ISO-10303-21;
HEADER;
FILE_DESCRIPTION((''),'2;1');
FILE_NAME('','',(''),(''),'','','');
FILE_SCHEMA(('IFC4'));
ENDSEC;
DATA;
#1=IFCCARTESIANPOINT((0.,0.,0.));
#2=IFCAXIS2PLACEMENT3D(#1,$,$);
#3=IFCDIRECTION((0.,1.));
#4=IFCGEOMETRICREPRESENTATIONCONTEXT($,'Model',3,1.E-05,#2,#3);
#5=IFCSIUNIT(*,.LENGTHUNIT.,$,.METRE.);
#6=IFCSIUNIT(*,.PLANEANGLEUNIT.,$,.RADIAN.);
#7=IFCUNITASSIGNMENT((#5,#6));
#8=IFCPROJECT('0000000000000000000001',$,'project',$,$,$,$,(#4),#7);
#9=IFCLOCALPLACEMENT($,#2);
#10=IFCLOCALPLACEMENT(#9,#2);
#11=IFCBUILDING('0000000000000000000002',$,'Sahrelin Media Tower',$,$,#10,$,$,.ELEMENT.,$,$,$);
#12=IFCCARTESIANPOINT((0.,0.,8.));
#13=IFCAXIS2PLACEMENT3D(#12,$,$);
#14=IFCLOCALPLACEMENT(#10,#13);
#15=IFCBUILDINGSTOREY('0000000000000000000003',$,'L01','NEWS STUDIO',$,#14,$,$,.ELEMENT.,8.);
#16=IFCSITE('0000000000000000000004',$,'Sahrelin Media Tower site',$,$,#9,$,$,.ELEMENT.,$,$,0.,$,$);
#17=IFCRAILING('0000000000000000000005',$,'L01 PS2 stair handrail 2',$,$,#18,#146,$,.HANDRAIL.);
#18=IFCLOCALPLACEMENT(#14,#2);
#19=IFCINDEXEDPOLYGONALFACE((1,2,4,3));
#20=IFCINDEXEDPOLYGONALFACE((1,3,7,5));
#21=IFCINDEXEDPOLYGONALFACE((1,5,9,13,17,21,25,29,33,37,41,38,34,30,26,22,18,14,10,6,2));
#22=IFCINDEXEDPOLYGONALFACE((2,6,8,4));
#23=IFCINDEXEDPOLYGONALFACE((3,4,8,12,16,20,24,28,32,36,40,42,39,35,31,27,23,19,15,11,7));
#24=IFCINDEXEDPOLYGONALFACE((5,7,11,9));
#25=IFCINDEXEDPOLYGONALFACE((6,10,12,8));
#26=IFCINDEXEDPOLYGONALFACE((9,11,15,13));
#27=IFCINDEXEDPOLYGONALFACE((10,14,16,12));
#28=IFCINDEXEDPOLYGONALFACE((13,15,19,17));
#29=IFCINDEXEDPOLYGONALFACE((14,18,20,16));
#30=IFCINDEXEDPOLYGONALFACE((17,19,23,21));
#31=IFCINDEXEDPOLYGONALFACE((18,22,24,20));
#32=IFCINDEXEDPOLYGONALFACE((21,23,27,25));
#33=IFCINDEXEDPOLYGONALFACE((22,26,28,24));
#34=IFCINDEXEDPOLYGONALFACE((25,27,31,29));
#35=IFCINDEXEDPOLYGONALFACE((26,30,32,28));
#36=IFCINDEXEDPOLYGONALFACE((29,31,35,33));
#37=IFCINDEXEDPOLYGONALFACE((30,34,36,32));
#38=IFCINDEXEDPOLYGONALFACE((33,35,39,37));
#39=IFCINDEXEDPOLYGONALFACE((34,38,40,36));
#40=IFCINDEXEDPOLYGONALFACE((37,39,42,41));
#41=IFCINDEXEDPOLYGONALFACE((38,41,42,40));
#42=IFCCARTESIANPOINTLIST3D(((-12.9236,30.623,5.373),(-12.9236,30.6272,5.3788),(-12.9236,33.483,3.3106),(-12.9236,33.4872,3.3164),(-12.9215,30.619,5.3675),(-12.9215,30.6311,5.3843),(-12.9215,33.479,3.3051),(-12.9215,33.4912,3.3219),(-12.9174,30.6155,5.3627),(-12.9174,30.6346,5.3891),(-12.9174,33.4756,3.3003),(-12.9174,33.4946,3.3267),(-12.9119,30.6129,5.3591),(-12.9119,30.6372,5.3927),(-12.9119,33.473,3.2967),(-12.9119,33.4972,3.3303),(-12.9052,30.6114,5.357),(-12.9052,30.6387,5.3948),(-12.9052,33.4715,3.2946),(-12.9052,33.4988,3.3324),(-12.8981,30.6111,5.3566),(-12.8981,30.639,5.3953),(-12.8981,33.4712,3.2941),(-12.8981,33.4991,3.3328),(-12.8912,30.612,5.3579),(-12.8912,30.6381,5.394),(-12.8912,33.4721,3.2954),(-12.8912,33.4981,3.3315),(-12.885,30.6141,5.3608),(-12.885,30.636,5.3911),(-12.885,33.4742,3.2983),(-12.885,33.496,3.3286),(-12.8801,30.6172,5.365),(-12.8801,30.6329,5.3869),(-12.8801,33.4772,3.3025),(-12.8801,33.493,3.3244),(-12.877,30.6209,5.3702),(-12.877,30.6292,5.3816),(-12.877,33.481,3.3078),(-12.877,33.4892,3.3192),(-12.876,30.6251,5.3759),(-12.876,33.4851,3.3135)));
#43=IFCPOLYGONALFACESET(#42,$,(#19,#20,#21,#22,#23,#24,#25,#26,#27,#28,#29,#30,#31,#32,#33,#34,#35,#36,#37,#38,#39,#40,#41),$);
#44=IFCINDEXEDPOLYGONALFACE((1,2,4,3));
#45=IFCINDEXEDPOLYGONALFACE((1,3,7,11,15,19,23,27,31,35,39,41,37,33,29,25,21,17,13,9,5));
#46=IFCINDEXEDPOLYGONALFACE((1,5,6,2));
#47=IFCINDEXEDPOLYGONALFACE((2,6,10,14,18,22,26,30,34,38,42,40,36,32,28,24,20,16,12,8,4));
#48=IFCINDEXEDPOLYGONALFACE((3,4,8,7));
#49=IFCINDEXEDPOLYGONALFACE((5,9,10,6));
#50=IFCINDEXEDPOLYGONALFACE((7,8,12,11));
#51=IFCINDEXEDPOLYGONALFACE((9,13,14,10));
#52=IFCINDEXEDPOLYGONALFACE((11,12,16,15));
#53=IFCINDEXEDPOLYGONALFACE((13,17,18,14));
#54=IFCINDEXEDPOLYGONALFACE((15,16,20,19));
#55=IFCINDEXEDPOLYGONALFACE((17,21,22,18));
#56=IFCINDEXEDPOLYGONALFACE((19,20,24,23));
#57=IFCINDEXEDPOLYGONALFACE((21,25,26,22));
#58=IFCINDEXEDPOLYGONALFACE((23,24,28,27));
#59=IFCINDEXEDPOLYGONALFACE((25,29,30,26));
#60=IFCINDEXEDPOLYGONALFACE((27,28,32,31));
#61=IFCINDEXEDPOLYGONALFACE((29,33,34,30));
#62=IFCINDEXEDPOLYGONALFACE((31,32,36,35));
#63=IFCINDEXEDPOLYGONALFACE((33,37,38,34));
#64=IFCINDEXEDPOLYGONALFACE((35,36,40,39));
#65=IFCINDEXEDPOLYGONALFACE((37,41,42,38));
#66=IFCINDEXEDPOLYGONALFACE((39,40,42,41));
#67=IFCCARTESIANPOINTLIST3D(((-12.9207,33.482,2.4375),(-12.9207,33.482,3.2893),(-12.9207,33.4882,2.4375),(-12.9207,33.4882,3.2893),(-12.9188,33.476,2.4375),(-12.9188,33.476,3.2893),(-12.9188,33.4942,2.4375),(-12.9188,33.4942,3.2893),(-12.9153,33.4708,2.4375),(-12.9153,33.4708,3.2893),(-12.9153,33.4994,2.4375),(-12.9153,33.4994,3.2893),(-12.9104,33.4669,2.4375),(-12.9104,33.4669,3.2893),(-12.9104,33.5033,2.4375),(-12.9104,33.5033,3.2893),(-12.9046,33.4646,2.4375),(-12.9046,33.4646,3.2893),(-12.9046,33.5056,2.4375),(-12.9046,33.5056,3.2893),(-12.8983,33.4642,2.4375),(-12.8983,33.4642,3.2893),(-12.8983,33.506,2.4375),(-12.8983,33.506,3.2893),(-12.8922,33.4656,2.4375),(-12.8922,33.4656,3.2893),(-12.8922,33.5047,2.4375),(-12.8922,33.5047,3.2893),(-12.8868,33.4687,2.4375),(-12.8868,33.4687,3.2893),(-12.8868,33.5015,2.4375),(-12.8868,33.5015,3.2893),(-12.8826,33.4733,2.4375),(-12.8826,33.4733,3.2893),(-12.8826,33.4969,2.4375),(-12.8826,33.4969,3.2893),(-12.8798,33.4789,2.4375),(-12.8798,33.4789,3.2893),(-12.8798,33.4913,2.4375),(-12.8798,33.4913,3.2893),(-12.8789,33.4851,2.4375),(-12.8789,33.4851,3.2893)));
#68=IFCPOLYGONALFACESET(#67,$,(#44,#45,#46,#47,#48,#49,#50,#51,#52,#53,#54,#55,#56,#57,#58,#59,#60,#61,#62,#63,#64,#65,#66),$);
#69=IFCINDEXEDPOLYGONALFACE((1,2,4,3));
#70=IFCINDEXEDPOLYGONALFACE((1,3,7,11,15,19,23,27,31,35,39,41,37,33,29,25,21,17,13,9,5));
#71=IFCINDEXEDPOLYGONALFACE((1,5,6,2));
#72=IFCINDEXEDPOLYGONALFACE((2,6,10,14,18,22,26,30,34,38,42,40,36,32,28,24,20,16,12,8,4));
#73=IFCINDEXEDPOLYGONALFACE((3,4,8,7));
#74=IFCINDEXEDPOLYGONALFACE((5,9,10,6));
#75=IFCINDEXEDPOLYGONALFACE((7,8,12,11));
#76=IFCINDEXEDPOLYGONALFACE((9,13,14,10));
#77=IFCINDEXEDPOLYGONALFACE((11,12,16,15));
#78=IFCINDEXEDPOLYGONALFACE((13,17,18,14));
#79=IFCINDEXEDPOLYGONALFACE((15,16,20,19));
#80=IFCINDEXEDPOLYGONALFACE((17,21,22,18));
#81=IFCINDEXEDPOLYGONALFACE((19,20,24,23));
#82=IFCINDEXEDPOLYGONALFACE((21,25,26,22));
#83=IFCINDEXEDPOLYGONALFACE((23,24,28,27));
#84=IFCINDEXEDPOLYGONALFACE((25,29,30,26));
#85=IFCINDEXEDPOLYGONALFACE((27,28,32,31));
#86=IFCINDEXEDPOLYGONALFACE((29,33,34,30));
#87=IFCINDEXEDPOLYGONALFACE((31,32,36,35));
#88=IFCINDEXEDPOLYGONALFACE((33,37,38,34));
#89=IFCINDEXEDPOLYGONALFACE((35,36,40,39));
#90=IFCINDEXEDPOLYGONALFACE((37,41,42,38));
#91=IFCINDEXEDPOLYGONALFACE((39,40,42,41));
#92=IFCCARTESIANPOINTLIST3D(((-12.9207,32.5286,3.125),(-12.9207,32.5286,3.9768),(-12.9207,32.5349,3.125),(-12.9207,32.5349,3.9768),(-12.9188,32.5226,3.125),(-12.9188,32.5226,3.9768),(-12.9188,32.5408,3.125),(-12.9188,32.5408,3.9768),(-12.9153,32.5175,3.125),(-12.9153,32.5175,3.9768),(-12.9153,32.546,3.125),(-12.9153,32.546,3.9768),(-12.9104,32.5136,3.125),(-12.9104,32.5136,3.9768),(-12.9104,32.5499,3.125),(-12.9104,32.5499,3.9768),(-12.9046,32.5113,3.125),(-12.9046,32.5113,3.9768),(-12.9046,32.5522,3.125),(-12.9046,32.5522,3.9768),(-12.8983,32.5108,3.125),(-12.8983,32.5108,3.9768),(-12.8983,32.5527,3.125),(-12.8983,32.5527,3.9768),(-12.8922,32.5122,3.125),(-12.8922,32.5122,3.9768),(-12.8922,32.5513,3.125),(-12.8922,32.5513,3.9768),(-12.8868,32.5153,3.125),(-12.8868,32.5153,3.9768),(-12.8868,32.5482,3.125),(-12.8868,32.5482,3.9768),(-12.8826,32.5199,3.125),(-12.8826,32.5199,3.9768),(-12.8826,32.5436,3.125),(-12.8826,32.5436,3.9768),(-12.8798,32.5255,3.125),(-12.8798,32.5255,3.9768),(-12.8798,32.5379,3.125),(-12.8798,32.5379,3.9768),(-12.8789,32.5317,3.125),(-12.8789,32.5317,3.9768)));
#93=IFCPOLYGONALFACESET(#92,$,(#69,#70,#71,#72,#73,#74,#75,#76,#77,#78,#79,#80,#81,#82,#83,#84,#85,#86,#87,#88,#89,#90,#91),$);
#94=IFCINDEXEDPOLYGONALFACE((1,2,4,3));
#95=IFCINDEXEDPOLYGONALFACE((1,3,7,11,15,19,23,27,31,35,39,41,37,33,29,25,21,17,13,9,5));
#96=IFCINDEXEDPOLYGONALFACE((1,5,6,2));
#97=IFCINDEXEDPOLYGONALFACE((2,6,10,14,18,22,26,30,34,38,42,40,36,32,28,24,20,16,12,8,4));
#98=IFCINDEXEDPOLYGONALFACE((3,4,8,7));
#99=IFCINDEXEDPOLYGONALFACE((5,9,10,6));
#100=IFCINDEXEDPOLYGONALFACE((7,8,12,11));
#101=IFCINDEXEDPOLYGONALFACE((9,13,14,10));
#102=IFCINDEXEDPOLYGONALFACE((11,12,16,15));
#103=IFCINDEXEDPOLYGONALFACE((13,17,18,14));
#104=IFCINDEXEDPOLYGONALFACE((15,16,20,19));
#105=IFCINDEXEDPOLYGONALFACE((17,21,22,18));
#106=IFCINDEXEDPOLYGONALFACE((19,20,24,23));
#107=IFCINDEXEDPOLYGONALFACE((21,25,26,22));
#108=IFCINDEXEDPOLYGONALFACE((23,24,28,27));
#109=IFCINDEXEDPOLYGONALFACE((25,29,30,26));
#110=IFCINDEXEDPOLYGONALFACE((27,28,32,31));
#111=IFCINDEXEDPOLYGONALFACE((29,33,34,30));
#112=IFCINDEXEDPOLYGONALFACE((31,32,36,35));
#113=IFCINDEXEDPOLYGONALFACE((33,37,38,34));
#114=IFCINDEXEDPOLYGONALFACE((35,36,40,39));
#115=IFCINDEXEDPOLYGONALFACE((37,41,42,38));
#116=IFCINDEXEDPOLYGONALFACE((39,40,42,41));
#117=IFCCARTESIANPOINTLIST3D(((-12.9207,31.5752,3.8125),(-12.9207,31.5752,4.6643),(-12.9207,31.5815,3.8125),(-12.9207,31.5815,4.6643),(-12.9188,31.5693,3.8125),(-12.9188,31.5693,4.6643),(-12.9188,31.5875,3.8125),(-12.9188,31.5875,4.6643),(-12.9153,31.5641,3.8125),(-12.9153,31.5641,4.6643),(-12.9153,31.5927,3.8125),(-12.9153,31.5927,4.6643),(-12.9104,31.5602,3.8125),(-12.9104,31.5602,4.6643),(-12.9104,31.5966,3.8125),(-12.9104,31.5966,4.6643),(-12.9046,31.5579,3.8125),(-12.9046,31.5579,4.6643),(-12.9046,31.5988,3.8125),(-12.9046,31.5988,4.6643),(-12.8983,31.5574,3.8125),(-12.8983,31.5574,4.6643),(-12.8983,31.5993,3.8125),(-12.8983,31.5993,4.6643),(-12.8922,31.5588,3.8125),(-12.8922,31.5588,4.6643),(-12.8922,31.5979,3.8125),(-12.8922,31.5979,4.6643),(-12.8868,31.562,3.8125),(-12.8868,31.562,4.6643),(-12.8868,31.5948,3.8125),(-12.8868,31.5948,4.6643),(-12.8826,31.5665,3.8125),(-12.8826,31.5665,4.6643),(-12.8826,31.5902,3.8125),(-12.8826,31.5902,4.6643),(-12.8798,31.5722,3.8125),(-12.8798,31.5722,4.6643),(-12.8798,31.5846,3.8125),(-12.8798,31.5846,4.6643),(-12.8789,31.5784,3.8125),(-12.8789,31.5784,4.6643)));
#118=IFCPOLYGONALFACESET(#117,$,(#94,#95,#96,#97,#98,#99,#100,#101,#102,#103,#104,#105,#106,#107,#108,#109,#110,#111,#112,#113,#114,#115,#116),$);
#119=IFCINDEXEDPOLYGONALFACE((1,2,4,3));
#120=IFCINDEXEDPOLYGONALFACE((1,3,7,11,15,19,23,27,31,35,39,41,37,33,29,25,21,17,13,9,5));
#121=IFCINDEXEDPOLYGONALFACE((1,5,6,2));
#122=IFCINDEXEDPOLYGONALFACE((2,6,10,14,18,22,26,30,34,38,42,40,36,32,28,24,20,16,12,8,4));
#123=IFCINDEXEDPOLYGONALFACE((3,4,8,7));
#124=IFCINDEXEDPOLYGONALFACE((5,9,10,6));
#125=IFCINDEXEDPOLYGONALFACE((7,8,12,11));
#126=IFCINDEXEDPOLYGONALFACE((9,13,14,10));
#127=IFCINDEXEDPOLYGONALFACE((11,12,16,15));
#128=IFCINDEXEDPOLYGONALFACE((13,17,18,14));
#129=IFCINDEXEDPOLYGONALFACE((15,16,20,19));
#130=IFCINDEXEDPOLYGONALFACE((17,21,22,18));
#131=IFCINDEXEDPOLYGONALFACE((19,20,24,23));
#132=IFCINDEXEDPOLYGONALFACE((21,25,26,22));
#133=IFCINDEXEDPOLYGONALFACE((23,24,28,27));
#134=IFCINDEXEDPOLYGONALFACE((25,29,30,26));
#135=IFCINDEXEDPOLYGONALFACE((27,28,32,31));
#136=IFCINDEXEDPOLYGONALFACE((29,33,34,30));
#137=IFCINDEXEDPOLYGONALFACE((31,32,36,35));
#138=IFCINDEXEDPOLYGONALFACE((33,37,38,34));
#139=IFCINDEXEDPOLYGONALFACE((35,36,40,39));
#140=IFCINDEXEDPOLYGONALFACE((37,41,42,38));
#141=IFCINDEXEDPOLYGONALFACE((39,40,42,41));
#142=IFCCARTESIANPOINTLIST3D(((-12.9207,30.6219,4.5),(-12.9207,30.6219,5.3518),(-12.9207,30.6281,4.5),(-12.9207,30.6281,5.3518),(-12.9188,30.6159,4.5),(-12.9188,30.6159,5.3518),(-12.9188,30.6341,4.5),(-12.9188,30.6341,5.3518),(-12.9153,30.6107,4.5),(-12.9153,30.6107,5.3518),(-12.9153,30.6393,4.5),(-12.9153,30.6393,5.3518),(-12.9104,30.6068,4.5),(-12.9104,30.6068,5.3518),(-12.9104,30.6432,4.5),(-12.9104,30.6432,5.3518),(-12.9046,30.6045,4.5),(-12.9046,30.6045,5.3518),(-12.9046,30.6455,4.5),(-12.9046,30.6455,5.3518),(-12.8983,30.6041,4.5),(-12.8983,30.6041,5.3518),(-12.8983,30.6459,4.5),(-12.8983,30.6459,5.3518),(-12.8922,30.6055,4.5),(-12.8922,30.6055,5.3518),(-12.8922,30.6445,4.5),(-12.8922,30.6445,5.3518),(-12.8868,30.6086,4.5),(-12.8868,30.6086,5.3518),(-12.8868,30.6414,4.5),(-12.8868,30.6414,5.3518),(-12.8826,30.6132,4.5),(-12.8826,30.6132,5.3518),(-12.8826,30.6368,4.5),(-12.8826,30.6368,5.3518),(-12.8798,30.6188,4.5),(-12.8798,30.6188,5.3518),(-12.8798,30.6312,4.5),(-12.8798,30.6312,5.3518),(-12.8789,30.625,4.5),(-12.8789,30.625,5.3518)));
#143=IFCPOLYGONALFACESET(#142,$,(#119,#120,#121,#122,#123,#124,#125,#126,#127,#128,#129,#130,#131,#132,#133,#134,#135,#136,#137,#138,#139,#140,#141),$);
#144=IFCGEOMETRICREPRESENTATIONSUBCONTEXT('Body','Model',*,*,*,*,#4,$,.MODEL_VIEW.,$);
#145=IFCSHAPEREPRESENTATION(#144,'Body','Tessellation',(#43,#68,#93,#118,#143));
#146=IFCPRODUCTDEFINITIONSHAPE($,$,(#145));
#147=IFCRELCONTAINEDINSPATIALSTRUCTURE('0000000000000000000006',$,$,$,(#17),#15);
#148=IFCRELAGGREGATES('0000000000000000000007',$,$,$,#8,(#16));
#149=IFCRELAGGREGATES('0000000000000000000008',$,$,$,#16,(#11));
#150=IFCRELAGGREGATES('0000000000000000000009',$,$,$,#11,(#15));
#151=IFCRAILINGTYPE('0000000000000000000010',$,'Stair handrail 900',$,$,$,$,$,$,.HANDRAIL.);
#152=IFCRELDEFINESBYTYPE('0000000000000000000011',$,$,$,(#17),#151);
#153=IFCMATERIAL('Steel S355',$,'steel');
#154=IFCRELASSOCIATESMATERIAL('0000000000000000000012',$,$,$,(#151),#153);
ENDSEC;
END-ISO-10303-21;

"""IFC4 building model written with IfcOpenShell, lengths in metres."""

from ifc_helpers import new_model, si_unit, direction, frame, origin, origin_2d, place, context, subcontext, project, spatial, circle, extrude, material, type_object, element, save


model = new_model("IFC4")

# Units and contexts
model_context = context("Model", 3, precision=1e-05, world=origin(), true_north=direction((0.0, 1.0)))
body_context = subcontext(model_context, "Body", "Model", "MODEL_VIEW")
ifc_project = project(units=[si_unit("LENGTHUNIT", "METRE"), si_unit("PLANEANGLEUNIT", "RADIAN")], contexts=[model_context])

# Site, building, storey
site_placement = place(None, origin())
site = spatial("IfcSite", under=ifc_project, at=site_placement, Name="Sahrelin Media Tower site", CompositionType="ELEMENT", RefElevation=0.0)
building_placement = place(site_placement, origin())
building = spatial("IfcBuilding", under=site, at=building_placement, Name="Sahrelin Media Tower", CompositionType="ELEMENT")
storey_placement = place(building_placement, frame((0.0, 0.0, 8.0)))
storey = spatial("IfcBuildingStorey", under=building, at=storey_placement, Name="L01", Description="NEWS STUDIO", CompositionType="ELEMENT", Elevation=8.0)

# Shared definitions
ifc_material_1 = material(Name="Steel S355", Category="steel")

# Railing
railing_type_1 = type_object("IfcRailingType", Name="Stair handrail 900", PredefinedType="HANDRAIL", material=ifc_material_1)
for number, where, name in (
    (1, (-12.8999, 33.4851, 2.4375), "L01 PS2 stair handrail 2"),
):
    element("IfcRailing", number, at=place(storey_placement, frame(where)), inside=storey, type_object=railing_type_1, Name=name, PredefinedType="HANDRAIL", context=body_context, shape_type="SweptSolid", body=[
        extrude(circle(Radius=0.0239, at=origin_2d()), frame((0.0, 0.0, 0.876), z_axis=(0.0, -0.811101, 0.584906), x_axis=(1.0, 0.0, 0.0)), (0.0, 0.0, 1.0), 3.5261),
        extrude(circle(Radius=0.021, at=origin_2d()), origin(), (0.0, 0.0, 1.0), 0.8518),
        extrude(circle(Radius=0.021, at=origin_2d()), frame((0.0, -0.9534, 0.6875)), (0.0, 0.0, 1.0), 0.8518),
        extrude(circle(Radius=0.021, at=origin_2d()), frame((0.0, -1.9067, 1.375)), (0.0, 0.0, 1.0), 0.8518),
        extrude(circle(Radius=0.021, at=origin_2d()), frame((0.0, -2.8601, 2.0625)), (0.0, 0.0, 1.0), 0.8518),
    ])

save(model, "model.ifc")
